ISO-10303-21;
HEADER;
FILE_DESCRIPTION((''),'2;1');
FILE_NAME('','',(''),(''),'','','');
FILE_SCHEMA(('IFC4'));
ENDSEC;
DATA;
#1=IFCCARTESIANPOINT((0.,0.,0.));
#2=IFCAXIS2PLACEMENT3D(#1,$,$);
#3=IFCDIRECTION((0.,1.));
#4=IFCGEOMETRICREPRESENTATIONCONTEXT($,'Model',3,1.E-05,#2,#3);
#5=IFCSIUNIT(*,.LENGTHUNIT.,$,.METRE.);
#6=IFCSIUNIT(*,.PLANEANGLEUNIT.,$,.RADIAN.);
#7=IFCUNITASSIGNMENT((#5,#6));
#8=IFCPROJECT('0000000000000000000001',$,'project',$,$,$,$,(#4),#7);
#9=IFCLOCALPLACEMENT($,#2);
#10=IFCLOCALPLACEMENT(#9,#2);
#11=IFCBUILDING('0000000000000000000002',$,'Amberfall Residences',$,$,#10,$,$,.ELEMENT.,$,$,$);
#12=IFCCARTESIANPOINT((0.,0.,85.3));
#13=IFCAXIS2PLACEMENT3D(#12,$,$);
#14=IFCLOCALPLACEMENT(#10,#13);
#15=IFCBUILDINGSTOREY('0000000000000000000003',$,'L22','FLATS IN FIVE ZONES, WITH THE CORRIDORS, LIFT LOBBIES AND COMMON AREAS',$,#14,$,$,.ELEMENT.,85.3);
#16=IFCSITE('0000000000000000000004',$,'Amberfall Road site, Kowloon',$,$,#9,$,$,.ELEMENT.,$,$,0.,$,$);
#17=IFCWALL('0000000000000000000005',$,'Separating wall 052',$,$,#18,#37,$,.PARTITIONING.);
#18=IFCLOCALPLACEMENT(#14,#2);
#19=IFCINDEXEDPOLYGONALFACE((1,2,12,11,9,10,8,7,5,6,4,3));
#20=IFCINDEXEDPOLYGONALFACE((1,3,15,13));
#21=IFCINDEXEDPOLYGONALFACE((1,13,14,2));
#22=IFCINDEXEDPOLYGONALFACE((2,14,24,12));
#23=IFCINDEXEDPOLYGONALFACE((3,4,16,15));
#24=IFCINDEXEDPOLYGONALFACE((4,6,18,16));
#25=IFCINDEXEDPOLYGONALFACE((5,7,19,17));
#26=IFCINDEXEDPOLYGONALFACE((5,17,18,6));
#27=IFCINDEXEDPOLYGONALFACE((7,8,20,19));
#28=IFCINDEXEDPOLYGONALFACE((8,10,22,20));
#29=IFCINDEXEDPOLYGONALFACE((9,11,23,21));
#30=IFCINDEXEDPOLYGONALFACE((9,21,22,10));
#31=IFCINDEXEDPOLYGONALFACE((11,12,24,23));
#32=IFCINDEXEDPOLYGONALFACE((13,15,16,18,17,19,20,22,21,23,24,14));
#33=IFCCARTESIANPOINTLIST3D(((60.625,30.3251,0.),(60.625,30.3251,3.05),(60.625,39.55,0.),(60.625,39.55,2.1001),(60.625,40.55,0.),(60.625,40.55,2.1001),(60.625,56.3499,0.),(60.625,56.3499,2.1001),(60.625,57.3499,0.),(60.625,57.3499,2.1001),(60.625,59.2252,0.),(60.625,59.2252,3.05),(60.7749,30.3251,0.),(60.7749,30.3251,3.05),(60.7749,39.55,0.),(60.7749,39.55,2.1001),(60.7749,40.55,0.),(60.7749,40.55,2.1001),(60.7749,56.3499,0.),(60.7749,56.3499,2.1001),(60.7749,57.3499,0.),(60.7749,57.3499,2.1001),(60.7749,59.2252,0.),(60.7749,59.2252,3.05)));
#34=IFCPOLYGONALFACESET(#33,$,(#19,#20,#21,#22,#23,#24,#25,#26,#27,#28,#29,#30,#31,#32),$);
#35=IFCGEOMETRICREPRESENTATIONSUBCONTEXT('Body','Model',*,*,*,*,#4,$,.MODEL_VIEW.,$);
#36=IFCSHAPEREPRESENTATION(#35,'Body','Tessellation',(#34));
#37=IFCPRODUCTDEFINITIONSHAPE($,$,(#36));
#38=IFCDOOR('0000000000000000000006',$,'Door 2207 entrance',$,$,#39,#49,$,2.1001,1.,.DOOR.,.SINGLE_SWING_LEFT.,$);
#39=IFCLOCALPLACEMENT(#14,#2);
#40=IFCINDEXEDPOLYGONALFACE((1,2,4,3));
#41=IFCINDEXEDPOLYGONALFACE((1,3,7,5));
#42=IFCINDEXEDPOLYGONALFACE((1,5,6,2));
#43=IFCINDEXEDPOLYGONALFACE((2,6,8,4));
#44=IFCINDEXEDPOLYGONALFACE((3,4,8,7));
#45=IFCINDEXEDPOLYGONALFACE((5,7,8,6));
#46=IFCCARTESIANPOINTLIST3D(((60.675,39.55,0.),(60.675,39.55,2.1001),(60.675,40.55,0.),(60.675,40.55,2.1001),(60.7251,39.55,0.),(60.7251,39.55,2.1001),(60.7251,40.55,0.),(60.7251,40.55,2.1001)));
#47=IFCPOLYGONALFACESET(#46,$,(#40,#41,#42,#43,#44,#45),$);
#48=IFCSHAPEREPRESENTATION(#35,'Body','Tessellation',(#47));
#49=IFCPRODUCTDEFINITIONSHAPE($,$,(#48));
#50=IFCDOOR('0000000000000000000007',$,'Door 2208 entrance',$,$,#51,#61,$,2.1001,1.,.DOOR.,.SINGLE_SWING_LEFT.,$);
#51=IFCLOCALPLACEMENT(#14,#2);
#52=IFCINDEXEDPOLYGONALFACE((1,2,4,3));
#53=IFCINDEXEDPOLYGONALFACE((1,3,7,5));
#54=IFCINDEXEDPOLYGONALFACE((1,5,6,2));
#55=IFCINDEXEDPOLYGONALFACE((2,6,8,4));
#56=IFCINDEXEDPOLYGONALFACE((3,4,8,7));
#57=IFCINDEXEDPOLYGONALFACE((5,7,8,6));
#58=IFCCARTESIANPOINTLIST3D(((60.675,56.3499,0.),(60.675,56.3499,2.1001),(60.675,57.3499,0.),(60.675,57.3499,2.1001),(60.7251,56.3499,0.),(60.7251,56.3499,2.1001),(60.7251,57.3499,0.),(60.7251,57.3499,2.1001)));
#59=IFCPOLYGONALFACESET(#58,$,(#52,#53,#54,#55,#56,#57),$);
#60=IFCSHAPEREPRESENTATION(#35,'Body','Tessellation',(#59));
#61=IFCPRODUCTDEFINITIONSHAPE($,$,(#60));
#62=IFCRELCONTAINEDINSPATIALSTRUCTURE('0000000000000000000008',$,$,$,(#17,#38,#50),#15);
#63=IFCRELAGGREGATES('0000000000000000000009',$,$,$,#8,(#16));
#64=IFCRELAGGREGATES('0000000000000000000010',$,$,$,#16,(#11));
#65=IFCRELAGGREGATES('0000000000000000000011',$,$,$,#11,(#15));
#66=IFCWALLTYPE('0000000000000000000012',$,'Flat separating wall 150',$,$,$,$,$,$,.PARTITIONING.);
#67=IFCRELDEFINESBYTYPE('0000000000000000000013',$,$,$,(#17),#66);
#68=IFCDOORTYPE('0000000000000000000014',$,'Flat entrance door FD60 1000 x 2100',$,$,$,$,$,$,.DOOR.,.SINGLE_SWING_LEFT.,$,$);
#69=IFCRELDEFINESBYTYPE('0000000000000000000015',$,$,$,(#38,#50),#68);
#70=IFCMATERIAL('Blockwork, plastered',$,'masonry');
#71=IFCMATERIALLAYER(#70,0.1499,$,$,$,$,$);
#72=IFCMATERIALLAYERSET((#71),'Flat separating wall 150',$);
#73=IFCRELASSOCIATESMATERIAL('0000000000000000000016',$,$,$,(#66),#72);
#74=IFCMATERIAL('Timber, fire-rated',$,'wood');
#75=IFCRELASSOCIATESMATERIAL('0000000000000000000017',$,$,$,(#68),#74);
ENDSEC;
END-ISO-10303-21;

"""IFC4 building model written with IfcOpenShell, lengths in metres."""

from ifc_helpers import new_model, si_unit, direction, frame, frame_2d, origin, place, context, subcontext, project, spatial, rectangle, extrude, material, layer, layer_set, type_object, element, fill, save


model = new_model("IFC4")

# Units and contexts
model_context = context("Model", 3, precision=1e-05, world=origin(), true_north=direction((0.0, 1.0)))
body_context = subcontext(model_context, "Body", "Model", "MODEL_VIEW")
ifc_project = project(units=[si_unit("LENGTHUNIT", "METRE"), si_unit("PLANEANGLEUNIT", "RADIAN")], contexts=[model_context])

# Site, building, storey
site_placement = place(None, origin())
site = spatial("IfcSite", under=ifc_project, at=site_placement, Name="Amberfall Road site, Kowloon", CompositionType="ELEMENT", RefElevation=0.0)
building_placement = place(site_placement, origin())
building = spatial("IfcBuilding", under=site, at=building_placement, Name="Amberfall Residences", CompositionType="ELEMENT")
storey_placement = place(building_placement, frame((0.0, 0.0, 85.3)))
storey = spatial("IfcBuildingStorey", under=building, at=storey_placement, Name="L22", Description="FLATS IN FIVE ZONES, WITH THE CORRIDORS, LIFT LOBBIES AND COMMON AREAS", CompositionType="ELEMENT", Elevation=85.3)

# Wall, openings, doors
ifc_material_1 = material(Name="Blockwork, plastered", Category="masonry")
ifc_layer_1 = layer(ifc_material_1, 0.1499)
ifc_layer_set_1 = layer_set([ifc_layer_1], Name="Flat separating wall 150")
wall_type_1 = type_object("IfcWallType", Name="Flat separating wall 150", PredefinedType="PARTITIONING", material=ifc_layer_set_1)
wall_1_placement = place(storey_placement, frame((60.7, 30.325, 0.0), z_axis=(0.0, 0.0, 1.0), x_axis=(0.0, 1.0, 0.0)))
wall_1 = element("IfcWall", 1, at=wall_1_placement, inside=storey, type_object=wall_type_1, Name="Separating wall 052", PredefinedType="PARTITIONING", context=body_context, shape_type="SweptSolid", body=[
    extrude(rectangle(XDim=28.9001, YDim=0.1499, at=frame_2d((14.4502, 0.0))), origin(), (0.0, 0.0, 1.0), 3.05),
])
opening_1_placement = place(wall_1_placement, frame((9.2251, 0.0, 0.0)))
opening_1 = element("IfcOpeningElement", 2, at=opening_1_placement, cuts=wall_1, PredefinedType="OPENING", context=body_context, shape_type="SweptSolid", body=[
    extrude(rectangle(XDim=1.0, YDim=2.1001, at=frame_2d((0.5, 1.05))), frame((0.0, 0.085, 0.0), z_axis=(0.0, -1.0, 0.0), x_axis=(1.0, 0.0, 0.0)), (0.0, 0.0, 1.0), 0.1699),
])
opening_2_placement = place(wall_1_placement, frame((26.0249, 0.0, 0.0)))
opening_2 = element("IfcOpeningElement", 3, at=opening_2_placement, cuts=wall_1, PredefinedType="OPENING", context=body_context, shape_type="SweptSolid", body=[
    extrude(rectangle(XDim=1.0, YDim=2.1001, at=frame_2d((0.5, 1.05))), frame((0.0, 0.085, 0.0), z_axis=(0.0, -1.0, 0.0), x_axis=(1.0, 0.0, 0.0)), (0.0, 0.0, 1.0), 0.1699),
])
ifc_material_2 = material(Name="Timber, fire-rated", Category="wood")
door_type_1 = type_object("IfcDoorType", Name="Flat entrance door FD60 1000 x 2100", OperationType="SINGLE_SWING_LEFT", PredefinedType="DOOR", material=ifc_material_2)
door_1_placement = place(opening_1_placement, origin())
door_1 = element("IfcDoor", 4, at=door_1_placement, inside=storey, type_object=door_type_1, Name="Door 2207 entrance", OperationType="SINGLE_SWING_LEFT", OverallHeight=2.1001, OverallWidth=1.0, PredefinedType="DOOR", context=body_context, shape_type="SweptSolid", body=[
    extrude(rectangle(XDim=1.0, YDim=2.1001, at=frame_2d((0.5, 1.05))), frame((0.0, 0.0249, 0.0), z_axis=(0.0, -1.0, 0.0), x_axis=(1.0, 0.0, 0.0)), (0.0, 0.0, 1.0), 0.05),
])
fill(opening_1, door_1)
door_2_placement = place(opening_2_placement, origin())
door_2 = element("IfcDoor", 5, at=door_2_placement, inside=storey, type_object=door_type_1, Name="Door 2208 entrance", OperationType="SINGLE_SWING_LEFT", OverallHeight=2.1001, OverallWidth=1.0, PredefinedType="DOOR", context=body_context, shape_type="SweptSolid", body=[
    extrude(rectangle(XDim=1.0, YDim=2.1001, at=frame_2d((0.5, 1.05))), frame((0.0, 0.0249, 0.0), z_axis=(0.0, -1.0, 0.0), x_axis=(1.0, 0.0, 0.0)), (0.0, 0.0, 1.0), 0.05),
])
fill(opening_2, door_2)

save(model, "model.ifc")
